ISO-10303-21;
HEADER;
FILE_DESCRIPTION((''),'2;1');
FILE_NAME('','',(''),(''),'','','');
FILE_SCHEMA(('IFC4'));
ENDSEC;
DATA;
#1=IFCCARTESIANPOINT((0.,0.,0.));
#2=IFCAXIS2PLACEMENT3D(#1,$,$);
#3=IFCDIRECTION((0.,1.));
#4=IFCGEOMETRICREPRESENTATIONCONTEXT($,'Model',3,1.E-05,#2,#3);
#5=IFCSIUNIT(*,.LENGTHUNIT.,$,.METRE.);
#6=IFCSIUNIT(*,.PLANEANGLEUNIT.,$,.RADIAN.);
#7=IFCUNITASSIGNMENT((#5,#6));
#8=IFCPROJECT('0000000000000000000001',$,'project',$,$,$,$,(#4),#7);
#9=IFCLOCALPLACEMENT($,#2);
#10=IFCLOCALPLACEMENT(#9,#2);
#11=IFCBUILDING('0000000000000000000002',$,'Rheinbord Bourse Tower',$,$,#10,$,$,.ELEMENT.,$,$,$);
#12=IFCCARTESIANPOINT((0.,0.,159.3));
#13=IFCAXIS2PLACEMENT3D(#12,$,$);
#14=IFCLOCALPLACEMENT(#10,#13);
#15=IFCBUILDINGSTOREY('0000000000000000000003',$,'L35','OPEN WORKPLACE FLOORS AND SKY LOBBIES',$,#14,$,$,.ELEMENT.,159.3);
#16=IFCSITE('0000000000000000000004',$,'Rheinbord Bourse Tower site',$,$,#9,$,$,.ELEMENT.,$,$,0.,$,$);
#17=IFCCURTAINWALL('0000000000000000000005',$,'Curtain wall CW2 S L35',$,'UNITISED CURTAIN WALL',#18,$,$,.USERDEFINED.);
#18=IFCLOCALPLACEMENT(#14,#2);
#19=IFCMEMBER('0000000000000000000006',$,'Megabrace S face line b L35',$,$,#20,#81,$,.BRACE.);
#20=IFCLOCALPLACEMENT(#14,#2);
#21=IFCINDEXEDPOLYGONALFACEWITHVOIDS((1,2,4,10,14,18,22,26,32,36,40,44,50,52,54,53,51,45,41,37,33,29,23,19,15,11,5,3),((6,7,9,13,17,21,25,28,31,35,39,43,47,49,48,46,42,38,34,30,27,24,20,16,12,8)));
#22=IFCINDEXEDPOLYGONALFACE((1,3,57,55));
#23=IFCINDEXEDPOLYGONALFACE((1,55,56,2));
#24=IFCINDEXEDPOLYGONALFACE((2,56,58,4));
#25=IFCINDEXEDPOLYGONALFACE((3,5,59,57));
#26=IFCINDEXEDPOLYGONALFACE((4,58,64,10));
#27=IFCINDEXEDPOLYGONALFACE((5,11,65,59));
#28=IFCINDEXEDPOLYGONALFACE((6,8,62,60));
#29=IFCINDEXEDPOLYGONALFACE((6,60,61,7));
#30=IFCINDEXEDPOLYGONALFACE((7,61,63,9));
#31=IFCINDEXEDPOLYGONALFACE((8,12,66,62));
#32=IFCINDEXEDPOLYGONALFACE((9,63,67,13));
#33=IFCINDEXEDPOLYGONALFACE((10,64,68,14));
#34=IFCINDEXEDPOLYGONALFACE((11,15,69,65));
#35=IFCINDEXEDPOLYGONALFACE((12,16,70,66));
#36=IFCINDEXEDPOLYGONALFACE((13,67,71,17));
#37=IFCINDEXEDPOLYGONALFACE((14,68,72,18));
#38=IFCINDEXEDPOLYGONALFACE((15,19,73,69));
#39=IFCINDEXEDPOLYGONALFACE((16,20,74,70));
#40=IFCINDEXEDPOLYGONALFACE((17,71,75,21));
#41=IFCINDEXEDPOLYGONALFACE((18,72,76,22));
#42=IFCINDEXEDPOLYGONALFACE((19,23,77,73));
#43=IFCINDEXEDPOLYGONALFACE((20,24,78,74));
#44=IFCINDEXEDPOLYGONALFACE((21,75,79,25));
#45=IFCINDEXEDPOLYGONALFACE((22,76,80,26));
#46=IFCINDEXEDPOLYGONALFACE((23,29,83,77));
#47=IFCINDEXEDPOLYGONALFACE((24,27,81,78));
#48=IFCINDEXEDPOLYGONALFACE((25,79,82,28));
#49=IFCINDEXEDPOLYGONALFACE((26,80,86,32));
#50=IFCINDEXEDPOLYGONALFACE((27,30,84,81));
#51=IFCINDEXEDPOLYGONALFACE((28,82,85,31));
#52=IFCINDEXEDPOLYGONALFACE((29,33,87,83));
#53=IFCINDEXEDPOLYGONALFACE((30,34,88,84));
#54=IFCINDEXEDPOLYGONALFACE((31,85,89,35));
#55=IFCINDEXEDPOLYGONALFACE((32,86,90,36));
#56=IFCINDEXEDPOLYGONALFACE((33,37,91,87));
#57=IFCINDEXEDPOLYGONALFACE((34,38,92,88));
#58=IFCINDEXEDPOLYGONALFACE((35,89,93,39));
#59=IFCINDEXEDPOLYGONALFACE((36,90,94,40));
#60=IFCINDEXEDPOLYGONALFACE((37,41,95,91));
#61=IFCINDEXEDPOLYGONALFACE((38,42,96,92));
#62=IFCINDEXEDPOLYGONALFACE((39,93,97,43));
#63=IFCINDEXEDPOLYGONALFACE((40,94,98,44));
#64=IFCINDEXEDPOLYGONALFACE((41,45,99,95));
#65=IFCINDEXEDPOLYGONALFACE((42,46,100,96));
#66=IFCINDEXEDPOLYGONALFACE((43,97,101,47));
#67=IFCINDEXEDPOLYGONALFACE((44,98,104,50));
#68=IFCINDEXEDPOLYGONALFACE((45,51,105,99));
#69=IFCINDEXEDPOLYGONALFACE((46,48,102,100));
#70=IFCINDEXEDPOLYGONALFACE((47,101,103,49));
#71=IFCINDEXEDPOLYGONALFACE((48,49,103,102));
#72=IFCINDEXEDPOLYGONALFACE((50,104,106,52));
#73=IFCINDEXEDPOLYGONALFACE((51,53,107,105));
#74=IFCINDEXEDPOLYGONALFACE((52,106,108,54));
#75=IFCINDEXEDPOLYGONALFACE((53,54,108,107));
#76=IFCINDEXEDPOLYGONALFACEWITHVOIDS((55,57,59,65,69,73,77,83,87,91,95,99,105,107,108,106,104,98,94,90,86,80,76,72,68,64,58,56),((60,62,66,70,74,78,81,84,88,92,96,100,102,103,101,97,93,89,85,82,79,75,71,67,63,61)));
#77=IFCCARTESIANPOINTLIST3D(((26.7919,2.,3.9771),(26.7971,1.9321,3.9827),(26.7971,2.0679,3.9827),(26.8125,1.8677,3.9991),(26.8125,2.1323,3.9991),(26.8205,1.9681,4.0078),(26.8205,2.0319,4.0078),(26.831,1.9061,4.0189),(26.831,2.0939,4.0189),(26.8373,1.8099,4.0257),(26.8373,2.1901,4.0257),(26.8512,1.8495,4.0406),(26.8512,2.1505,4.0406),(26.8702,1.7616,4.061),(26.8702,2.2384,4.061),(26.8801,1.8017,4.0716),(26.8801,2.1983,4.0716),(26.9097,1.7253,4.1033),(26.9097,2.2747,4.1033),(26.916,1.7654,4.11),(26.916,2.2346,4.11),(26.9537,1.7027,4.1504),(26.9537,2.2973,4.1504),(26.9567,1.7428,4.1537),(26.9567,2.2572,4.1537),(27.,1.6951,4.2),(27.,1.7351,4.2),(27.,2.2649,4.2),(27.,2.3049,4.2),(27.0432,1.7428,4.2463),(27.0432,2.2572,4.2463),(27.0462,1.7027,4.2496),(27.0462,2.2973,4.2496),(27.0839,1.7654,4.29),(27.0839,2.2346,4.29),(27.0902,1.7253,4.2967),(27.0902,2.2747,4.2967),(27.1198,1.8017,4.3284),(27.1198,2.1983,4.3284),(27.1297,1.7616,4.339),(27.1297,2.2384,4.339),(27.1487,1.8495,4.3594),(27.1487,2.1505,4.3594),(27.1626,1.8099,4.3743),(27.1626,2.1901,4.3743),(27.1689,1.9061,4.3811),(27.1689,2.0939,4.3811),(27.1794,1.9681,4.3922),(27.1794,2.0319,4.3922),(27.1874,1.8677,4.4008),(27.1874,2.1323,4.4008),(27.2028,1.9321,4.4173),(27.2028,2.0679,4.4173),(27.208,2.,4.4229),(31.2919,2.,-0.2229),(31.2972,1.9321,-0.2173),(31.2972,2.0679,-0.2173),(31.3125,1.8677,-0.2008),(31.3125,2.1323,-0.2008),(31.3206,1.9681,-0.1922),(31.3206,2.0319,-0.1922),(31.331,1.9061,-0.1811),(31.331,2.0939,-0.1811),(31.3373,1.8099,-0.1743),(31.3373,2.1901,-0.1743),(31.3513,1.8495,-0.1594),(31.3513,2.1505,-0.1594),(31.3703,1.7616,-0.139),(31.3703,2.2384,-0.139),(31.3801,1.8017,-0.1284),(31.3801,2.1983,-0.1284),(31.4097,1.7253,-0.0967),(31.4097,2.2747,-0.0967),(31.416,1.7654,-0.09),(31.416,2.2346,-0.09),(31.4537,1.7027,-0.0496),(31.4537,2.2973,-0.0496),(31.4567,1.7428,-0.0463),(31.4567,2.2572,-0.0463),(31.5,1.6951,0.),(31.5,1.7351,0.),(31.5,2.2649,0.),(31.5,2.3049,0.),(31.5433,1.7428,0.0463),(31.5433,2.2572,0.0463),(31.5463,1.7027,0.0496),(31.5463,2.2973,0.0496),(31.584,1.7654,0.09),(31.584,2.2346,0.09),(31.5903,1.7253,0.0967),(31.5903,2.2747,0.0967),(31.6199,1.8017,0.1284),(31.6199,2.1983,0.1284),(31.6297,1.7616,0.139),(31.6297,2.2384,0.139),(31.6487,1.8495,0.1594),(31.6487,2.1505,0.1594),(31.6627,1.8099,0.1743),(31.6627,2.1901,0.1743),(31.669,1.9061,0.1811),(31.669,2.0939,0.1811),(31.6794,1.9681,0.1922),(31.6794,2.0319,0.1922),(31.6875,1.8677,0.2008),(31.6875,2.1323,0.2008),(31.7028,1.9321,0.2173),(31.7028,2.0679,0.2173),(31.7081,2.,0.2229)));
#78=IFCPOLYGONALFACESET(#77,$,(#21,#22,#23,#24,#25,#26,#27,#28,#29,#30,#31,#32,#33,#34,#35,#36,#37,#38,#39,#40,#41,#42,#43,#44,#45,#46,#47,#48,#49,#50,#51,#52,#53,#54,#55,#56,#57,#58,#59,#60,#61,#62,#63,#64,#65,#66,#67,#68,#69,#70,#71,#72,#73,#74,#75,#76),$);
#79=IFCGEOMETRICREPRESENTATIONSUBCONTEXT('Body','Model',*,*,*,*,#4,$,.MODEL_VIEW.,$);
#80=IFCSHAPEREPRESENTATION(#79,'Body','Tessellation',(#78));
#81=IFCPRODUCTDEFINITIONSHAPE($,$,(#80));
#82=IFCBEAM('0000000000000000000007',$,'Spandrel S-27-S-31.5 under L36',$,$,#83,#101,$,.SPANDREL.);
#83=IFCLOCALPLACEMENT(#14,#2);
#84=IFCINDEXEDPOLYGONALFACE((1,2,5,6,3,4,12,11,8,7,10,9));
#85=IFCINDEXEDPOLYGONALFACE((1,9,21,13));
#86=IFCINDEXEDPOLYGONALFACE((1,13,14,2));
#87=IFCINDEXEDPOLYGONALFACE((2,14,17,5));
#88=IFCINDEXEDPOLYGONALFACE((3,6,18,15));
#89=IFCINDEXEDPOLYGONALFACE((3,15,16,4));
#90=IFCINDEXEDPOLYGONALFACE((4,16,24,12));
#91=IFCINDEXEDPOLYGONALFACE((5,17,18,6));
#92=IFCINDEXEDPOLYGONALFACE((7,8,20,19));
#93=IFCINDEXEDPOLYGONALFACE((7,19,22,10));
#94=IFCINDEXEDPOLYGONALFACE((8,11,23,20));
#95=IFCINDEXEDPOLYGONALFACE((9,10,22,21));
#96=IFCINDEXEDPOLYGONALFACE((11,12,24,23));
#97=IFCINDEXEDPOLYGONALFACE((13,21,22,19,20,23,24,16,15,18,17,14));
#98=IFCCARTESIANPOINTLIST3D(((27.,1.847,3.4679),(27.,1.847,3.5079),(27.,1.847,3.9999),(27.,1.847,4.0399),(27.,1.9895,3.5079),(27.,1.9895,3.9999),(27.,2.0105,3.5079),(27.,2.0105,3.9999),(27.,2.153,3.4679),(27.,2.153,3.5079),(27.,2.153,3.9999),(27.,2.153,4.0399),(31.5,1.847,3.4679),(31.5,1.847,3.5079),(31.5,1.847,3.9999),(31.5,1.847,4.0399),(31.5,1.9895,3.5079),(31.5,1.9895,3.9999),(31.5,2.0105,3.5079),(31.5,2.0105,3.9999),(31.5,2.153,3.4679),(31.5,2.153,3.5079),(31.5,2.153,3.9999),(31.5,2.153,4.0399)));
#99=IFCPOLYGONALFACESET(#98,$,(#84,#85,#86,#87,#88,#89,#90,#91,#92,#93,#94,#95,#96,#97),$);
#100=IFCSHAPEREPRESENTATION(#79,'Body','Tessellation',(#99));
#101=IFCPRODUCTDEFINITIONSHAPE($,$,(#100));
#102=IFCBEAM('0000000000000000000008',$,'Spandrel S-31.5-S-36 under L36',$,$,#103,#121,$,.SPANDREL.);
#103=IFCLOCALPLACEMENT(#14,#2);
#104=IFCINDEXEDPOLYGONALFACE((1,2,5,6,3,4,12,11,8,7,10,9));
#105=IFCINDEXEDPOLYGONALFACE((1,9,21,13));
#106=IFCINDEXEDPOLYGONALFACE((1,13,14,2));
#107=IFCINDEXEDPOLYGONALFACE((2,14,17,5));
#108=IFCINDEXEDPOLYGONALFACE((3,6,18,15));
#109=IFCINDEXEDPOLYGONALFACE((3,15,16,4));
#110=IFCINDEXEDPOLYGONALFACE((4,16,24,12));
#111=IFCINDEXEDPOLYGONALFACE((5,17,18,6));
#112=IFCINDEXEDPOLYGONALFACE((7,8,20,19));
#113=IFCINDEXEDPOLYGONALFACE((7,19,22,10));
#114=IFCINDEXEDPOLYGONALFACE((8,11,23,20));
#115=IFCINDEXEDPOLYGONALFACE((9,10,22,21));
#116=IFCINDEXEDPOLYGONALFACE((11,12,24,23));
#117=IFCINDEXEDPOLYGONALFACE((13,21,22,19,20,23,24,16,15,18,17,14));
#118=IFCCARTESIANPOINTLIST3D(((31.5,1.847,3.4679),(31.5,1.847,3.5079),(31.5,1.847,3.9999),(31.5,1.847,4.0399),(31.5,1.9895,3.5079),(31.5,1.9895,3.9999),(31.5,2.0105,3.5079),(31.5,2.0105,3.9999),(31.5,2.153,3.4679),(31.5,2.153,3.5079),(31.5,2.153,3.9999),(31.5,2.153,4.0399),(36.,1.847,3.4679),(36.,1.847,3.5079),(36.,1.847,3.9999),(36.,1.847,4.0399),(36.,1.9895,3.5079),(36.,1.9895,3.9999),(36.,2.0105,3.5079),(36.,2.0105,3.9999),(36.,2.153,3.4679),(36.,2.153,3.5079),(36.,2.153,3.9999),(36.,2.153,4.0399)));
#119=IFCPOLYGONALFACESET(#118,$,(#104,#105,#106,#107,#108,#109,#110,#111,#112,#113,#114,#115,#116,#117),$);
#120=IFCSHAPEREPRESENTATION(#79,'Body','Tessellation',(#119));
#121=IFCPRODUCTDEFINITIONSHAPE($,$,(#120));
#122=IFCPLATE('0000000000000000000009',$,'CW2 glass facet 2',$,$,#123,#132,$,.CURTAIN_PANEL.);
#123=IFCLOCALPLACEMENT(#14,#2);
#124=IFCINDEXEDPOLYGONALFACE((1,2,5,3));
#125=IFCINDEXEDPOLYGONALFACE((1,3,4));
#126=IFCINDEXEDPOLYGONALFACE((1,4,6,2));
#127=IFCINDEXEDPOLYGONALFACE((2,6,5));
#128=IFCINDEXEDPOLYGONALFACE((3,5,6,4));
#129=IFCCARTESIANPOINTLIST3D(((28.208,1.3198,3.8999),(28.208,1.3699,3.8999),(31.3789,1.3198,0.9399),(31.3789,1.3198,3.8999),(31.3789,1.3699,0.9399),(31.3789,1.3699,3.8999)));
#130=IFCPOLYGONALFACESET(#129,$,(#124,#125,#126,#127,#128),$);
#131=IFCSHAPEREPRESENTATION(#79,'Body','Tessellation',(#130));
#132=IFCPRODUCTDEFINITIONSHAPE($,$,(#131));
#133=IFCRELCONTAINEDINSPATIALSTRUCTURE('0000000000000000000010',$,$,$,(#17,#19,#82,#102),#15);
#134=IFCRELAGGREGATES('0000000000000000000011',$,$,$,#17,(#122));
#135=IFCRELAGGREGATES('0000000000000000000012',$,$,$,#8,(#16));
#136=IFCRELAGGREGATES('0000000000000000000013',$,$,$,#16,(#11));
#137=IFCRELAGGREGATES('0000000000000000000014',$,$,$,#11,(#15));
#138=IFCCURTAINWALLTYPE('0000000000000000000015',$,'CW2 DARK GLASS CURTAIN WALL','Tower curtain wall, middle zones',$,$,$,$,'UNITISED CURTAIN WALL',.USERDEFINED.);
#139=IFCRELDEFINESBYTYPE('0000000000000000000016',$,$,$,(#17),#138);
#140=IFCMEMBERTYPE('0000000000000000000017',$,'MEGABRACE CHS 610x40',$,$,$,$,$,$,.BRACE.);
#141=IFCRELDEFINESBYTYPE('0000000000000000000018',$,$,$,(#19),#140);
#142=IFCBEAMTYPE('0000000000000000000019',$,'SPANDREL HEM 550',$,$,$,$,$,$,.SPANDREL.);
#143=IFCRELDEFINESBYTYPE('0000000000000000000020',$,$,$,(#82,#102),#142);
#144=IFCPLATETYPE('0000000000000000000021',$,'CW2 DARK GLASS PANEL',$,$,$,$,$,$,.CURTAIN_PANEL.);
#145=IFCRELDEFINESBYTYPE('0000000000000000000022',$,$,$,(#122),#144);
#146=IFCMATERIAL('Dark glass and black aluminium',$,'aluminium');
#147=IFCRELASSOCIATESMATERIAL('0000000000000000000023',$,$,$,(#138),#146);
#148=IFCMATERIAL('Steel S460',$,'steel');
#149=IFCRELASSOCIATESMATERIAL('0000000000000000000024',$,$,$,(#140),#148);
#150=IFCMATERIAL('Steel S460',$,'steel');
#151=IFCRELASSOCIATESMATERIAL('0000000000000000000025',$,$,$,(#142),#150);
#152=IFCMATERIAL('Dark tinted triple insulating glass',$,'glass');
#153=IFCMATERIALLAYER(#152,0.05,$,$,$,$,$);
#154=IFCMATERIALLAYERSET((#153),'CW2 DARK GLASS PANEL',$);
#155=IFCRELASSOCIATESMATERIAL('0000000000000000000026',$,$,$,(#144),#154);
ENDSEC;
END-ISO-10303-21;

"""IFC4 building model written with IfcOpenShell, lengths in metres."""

from ifc_helpers import new_model, si_unit, direction, frame, origin, origin_2d, place, context, subcontext, project, spatial, polyline, hollow_circle, i_section, outline, extrude, material, layer, layer_set, material_profile, profile_set, type_object, element, aggregate, save


model = new_model("IFC4")

# Units and contexts
model_context = context("Model", 3, precision=1e-05, world=origin(), true_north=direction((0.0, 1.0)))
body_context = subcontext(model_context, "Body", "Model", "MODEL_VIEW")
ifc_project = project(units=[si_unit("LENGTHUNIT", "METRE"), si_unit("PLANEANGLEUNIT", "RADIAN")], contexts=[model_context])

# Site, building, storey
site_placement = place(None, origin())
site = spatial("IfcSite", under=ifc_project, at=site_placement, Name="Rheinbord Bourse Tower site", CompositionType="ELEMENT", RefElevation=0.0)
building_placement = place(site_placement, origin())
building = spatial("IfcBuilding", under=site, at=building_placement, Name="Rheinbord Bourse Tower", CompositionType="ELEMENT")
storey_placement = place(building_placement, frame((0.0, 0.0, 159.3)))
storey = spatial("IfcBuildingStorey", under=building, at=storey_placement, Name="L35", Description="OPEN WORKPLACE FLOORS AND SKY LOBBIES", CompositionType="ELEMENT", Elevation=159.3)

# Curtain wall
ifc_material_1 = material(Name="Dark glass and black aluminium", Category="aluminium")
curtain_wall_type = type_object("IfcCurtainWallType", Name="CW2 DARK GLASS CURTAIN WALL", Description="Tower curtain wall, middle zones", ElementType="UNITISED CURTAIN WALL", PredefinedType="USERDEFINED", material=ifc_material_1)
curtain_wall_placement = place(storey_placement, origin())
curtain_wall = element("IfcCurtainWall", 1, at=curtain_wall_placement, inside=storey, type_object=curtain_wall_type, Name="Curtain wall CW2 S L35", ObjectType="UNITISED CURTAIN WALL", PredefinedType="USERDEFINED")

# Member
ifc_material_2 = material(Name="Steel S460", Category="steel")
ifc_material_profile_1 = material_profile(ifc_material_2, hollow_circle(Radius=0.3049, WallThickness=0.04, at=origin_2d()), Name="CHS 610x40")
ifc_profile_set_1 = profile_set([ifc_material_profile_1], Name="Steel S460")
member_type_1 = type_object("IfcMemberType", Name="MEGABRACE CHS 610x40", PredefinedType="BRACE", material=ifc_profile_set_1)
member_1_placement = place(storey_placement, frame((31.5, 2.0, 0.0), z_axis=(-0.731059, 0.0, 0.682314), x_axis=(0.0, -1.0, 0.0)))
element("IfcMember", 2, at=member_1_placement, inside=storey, type_object=member_type_1, Name="Megabrace S face line b L35", PredefinedType="BRACE", context=body_context, shape_type="SweptSolid", body=[
    extrude(hollow_circle(Radius=0.3049, WallThickness=0.04, at=origin_2d()), origin(), (0.0, 0.0, 1.0), 6.1555),
])

# Beams
ifc_material_3 = material(Name="Steel S460", Category="steel")
ifc_material_profile_2 = material_profile(ifc_material_3, i_section(OverallWidth=0.3059, OverallDepth=0.572, WebThickness=0.021, FlangeThickness=0.04, at=origin_2d()), Name="HEM 550")
ifc_profile_set_2 = profile_set([ifc_material_profile_2], Name="Steel S460")
beam_type_1 = type_object("IfcBeamType", Name="SPANDREL HEM 550", PredefinedType="SPANDREL", material=ifc_profile_set_2)
for number, where, z_axis, x_axis, name in (
    (3, (27.0, 2.0, 3.7539), (1.0, 0.0, 0.0), (0.0, 1.0, 0.0), "Spandrel S-27-S-31.5 under L36"),
    (4, (31.5, 2.0, 3.7539), (1.0, 0.0, 0.0), (0.0, 1.0, 0.0), "Spandrel S-31.5-S-36 under L36"),
):
    element("IfcBeam", number, at=place(storey_placement, frame(where, z_axis=z_axis, x_axis=x_axis)), inside=storey, type_object=beam_type_1, Name=name, PredefinedType="SPANDREL", context=body_context, shape_type="SweptSolid", body=[
        extrude(i_section(OverallWidth=0.3059, OverallDepth=0.572, WebThickness=0.021, FlangeThickness=0.04, at=origin_2d()), origin(), (0.0, 0.0, 1.0), 4.5),
    ])

# Plate
ifc_material_4 = material(Name="Dark tinted triple insulating glass", Category="glass")
ifc_layer = layer(ifc_material_4, 0.05)
ifc_layer_set = layer_set([ifc_layer], Name="CW2 DARK GLASS PANEL")
plate_type = type_object("IfcPlateType", Name="CW2 DARK GLASS PANEL", PredefinedType="CURTAIN_PANEL", material=ifc_layer_set)
plate_1_placement = place(storey_placement, frame((31.3789, 1.3198, 3.8999), z_axis=(0.0, 1.0, 0.0), x_axis=(0.0, 0.0, -1.0)))
plate_1 = element("IfcPlate", 5, at=plate_1_placement, type_object=plate_type, Name="CW2 glass facet 2", PredefinedType="CURTAIN_PANEL", context=body_context, shape_type="SweptSolid", body=[
    extrude(outline(polyline([(0.0, 0.0), (2.96, 0.0), (0.0, 3.1709), (0.0, 0.0)])), origin(), (0.0, 0.0, 1.0), 0.05),
])
aggregate(curtain_wall, [plate_1])

save(model, "model.ifc")
